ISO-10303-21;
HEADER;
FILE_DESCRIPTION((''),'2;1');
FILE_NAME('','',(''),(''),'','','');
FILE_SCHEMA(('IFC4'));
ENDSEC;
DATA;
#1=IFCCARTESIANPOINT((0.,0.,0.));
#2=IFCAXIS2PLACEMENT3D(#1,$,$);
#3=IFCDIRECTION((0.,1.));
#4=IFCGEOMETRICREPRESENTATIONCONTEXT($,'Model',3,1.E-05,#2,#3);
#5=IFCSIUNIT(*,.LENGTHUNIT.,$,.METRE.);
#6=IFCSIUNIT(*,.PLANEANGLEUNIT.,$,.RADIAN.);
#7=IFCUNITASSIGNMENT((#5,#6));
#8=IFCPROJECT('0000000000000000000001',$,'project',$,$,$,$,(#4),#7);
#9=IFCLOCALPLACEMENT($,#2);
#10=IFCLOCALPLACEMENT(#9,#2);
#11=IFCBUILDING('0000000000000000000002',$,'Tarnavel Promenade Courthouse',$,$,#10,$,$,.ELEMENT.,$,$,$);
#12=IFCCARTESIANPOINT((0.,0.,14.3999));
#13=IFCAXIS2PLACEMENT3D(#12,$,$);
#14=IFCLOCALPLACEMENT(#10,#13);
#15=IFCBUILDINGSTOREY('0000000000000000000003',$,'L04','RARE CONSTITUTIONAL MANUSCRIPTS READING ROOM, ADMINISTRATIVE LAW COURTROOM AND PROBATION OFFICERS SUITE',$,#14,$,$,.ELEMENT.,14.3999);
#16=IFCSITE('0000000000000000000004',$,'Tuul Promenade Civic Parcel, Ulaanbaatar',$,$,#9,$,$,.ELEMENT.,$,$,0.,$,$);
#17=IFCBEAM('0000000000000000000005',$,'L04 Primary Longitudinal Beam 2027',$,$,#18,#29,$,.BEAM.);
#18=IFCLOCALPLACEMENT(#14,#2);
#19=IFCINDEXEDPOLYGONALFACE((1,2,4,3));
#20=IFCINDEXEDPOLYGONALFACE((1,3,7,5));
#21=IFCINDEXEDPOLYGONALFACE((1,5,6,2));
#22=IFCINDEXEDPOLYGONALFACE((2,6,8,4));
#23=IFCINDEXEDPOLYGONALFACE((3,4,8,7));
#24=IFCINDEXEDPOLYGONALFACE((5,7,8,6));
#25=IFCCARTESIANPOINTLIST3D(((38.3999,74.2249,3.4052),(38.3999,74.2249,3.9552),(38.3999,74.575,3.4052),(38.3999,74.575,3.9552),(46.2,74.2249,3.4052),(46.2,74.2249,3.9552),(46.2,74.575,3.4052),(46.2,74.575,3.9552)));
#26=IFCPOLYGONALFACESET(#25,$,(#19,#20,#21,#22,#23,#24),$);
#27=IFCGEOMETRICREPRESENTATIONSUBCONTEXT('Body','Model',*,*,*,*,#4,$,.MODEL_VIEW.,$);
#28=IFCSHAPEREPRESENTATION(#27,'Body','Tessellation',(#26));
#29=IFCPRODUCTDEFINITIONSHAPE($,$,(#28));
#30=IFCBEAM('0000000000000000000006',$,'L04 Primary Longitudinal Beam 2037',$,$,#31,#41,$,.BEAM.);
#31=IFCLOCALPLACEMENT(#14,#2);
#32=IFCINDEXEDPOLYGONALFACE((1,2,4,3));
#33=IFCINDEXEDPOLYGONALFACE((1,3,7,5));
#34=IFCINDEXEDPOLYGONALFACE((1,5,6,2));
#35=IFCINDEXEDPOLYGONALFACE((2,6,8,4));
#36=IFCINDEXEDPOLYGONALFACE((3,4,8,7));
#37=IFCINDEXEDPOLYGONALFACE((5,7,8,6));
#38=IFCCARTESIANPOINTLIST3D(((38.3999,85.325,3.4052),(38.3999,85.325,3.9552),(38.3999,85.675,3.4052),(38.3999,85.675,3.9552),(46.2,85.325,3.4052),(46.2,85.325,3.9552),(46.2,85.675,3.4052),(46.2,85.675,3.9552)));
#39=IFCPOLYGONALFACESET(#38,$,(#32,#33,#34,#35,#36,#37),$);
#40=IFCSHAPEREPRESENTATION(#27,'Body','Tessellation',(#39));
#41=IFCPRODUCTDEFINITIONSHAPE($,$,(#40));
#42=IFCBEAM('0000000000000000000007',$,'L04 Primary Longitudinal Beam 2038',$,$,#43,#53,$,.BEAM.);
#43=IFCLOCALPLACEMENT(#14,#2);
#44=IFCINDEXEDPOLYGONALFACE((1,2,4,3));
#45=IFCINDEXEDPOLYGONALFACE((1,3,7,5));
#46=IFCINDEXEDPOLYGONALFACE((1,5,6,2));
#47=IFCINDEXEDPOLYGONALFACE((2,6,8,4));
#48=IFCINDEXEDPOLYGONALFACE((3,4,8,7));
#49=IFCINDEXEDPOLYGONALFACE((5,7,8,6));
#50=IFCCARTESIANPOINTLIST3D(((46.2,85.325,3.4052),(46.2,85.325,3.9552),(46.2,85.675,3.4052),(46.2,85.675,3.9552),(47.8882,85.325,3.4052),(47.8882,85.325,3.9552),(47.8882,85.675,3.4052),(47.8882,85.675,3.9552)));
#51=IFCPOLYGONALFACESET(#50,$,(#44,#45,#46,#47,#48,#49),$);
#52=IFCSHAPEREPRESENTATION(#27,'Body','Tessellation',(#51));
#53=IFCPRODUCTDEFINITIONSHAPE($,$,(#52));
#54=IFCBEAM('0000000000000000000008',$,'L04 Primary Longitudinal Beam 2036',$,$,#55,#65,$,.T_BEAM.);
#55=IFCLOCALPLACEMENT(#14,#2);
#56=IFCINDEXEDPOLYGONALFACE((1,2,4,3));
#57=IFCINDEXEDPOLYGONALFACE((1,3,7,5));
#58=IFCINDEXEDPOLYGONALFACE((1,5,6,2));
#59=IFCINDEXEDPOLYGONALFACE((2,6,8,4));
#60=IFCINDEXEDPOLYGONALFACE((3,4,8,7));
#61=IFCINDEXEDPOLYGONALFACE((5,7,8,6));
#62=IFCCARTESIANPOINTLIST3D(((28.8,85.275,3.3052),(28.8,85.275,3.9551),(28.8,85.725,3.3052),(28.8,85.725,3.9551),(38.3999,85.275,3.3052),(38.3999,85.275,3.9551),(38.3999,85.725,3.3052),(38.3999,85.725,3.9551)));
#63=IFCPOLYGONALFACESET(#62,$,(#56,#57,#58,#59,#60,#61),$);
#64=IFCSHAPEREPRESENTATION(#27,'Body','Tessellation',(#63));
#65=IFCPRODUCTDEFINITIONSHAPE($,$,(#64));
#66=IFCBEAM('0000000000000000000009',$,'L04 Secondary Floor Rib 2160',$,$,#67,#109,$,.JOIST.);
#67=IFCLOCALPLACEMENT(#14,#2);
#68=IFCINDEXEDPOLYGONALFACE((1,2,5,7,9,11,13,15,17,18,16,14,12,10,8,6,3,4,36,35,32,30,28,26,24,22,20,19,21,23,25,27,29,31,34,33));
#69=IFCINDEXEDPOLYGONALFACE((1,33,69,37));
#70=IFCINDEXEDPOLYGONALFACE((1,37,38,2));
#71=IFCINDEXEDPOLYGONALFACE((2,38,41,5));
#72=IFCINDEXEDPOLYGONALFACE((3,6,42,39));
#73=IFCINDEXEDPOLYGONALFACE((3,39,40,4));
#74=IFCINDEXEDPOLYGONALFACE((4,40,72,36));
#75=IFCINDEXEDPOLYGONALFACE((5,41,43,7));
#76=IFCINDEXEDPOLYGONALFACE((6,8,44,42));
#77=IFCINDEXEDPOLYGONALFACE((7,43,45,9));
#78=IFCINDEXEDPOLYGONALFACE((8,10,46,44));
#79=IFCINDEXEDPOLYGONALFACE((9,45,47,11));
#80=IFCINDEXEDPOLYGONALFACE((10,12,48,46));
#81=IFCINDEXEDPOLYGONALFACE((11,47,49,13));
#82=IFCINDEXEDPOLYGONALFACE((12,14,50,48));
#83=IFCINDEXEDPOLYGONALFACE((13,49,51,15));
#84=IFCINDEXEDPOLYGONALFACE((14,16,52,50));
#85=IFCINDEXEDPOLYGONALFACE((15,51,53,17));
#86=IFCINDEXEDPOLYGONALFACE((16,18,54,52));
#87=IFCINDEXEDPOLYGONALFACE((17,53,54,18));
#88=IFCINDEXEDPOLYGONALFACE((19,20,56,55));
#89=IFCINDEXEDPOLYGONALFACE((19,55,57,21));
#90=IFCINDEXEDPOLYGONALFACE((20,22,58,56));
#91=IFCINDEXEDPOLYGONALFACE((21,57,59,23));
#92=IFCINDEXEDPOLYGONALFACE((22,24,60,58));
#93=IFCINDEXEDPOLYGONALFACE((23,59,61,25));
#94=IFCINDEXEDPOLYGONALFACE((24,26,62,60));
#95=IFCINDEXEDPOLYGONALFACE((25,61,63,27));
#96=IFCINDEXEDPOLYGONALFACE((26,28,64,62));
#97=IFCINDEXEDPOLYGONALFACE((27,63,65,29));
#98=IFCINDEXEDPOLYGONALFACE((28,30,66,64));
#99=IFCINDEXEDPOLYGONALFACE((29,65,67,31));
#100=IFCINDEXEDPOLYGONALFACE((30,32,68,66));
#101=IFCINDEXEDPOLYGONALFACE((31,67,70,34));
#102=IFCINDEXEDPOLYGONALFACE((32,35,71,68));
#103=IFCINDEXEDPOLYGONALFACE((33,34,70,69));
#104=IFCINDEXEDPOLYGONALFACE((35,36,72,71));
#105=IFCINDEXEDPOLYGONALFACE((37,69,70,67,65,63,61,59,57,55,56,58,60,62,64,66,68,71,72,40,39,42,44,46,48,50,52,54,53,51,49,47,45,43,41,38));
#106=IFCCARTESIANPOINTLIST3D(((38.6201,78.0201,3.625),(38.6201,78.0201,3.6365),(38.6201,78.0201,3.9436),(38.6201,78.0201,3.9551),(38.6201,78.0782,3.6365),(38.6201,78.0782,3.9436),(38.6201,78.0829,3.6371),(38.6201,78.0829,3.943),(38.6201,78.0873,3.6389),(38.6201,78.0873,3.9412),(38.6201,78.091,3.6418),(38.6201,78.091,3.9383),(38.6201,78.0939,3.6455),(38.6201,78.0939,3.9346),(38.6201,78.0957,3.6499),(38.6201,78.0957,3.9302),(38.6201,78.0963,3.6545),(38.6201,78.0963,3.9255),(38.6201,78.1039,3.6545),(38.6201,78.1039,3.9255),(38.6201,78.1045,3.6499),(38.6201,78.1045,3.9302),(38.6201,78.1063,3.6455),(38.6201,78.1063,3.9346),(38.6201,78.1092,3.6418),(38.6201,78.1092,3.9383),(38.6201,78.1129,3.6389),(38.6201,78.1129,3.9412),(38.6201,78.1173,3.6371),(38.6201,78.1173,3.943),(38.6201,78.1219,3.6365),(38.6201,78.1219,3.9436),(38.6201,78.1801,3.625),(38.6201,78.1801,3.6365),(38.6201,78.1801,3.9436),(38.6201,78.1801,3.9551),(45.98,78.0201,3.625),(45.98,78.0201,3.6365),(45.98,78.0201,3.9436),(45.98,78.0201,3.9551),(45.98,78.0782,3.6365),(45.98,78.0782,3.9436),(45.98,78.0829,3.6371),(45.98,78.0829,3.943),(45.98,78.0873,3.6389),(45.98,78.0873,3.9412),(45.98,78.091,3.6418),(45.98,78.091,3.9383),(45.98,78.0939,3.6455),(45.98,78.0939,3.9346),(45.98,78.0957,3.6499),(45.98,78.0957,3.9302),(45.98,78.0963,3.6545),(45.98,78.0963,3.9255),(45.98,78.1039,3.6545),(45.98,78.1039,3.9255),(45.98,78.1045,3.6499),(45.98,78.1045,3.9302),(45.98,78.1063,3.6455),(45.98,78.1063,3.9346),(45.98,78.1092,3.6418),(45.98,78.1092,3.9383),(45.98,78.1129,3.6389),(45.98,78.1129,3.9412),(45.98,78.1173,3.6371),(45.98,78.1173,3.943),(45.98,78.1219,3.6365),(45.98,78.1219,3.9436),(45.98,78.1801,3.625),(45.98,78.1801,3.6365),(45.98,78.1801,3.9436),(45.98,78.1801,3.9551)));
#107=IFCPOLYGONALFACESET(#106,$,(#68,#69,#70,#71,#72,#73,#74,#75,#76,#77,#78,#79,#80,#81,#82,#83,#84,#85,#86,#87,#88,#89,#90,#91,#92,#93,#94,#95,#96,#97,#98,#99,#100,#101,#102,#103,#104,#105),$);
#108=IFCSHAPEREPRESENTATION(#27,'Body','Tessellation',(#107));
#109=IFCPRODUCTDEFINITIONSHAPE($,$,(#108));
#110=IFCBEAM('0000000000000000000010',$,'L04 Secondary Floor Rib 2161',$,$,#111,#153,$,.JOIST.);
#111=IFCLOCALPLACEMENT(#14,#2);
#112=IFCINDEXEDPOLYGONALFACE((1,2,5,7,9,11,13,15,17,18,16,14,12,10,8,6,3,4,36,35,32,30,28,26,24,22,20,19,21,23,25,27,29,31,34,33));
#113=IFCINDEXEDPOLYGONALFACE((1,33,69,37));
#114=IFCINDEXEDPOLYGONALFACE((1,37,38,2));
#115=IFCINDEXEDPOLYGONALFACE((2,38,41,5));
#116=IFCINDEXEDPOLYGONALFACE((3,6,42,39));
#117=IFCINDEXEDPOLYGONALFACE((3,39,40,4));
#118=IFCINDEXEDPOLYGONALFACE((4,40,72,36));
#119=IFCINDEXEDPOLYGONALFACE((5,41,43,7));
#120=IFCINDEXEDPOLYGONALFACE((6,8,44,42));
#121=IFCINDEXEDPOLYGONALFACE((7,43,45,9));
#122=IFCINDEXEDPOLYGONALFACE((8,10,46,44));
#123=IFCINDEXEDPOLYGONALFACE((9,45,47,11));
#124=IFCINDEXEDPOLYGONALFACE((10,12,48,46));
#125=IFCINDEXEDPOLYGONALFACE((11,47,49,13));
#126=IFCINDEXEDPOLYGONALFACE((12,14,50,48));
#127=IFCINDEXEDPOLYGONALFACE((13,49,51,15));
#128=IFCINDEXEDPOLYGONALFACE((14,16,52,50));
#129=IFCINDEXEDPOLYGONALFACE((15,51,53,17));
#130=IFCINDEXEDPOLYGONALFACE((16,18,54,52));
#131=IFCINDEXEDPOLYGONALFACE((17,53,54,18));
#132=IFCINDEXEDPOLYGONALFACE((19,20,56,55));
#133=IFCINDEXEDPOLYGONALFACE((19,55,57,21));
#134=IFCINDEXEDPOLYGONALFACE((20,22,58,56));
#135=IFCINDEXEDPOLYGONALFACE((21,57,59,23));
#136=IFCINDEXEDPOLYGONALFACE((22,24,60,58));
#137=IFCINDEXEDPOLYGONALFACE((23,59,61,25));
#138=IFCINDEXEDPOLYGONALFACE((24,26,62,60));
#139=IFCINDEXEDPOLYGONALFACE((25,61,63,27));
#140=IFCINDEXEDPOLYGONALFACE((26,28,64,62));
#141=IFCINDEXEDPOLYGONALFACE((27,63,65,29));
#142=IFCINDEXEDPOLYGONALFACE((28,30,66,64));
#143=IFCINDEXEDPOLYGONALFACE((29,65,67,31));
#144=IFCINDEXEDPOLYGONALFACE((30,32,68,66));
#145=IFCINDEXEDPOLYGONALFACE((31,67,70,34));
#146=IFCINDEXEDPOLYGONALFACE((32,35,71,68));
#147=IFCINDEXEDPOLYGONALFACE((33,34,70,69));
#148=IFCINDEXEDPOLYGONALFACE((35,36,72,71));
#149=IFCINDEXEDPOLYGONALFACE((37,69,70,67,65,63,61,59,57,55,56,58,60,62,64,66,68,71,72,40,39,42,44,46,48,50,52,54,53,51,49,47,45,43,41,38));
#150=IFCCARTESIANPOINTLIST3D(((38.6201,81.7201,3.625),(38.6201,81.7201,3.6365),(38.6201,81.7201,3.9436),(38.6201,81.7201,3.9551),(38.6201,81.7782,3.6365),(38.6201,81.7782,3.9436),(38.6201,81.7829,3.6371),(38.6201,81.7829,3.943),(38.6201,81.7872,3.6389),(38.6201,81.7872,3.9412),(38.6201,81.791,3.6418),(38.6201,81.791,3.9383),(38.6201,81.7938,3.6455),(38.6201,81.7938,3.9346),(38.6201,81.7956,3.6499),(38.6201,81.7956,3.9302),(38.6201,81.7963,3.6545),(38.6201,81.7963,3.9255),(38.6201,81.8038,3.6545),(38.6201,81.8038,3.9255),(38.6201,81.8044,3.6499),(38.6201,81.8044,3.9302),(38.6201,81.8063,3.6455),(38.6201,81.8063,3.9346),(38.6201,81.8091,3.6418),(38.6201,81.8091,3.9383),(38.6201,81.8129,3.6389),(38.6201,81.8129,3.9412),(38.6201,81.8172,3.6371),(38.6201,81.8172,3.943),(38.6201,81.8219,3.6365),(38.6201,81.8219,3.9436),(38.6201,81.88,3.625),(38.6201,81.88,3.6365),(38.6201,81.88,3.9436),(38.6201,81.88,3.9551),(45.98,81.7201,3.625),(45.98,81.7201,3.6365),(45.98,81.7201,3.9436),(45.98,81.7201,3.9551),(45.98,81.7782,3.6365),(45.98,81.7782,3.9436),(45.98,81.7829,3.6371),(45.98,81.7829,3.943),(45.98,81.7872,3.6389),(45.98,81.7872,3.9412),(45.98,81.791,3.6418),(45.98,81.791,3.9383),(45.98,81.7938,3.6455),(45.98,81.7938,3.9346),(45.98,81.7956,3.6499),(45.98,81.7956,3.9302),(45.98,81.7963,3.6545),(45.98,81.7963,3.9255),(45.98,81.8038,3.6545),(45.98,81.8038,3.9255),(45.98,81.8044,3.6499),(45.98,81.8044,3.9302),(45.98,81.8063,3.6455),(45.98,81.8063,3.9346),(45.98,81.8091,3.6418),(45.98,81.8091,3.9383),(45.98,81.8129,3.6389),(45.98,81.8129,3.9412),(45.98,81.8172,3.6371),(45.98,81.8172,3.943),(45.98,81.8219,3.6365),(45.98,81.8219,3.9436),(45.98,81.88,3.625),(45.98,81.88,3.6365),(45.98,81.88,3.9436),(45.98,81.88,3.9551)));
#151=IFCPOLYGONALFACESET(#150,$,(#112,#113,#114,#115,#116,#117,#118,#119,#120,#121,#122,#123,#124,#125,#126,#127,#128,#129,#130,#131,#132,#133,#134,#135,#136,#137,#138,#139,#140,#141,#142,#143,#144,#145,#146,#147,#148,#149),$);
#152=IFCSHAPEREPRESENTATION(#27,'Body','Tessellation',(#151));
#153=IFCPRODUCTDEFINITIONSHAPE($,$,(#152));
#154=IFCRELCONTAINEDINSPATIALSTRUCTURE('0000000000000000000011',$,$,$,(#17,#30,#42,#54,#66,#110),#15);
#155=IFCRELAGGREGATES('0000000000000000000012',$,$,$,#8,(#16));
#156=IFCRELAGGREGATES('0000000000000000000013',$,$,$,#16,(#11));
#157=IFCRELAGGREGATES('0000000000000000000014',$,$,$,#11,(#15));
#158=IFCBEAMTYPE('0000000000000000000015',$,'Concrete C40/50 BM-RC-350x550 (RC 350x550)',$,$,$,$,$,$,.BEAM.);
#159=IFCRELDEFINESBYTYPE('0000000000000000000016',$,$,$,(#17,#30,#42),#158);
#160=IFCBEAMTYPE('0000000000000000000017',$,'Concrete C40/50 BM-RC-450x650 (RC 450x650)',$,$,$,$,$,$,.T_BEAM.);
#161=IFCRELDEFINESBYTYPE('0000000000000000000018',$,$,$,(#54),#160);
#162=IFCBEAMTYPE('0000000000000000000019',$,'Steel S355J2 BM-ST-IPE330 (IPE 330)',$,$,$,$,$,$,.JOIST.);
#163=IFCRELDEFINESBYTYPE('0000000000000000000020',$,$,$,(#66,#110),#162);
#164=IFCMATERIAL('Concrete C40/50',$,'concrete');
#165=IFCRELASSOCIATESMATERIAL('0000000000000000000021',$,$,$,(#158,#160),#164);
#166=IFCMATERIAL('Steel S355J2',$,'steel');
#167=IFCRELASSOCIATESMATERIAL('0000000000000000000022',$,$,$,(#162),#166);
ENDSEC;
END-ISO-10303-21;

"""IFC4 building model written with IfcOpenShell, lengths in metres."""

from ifc_helpers import new_model, si_unit, direction, frame, origin, origin_2d, place, context, subcontext, project, spatial, rectangle, i_section, extrude, material, material_profile, profile_set, type_object, element, save


model = new_model("IFC4")

# Units and contexts
model_context = context("Model", 3, precision=1e-05, world=origin(), true_north=direction((0.0, 1.0)))
body_context = subcontext(model_context, "Body", "Model", "MODEL_VIEW")
ifc_project = project(units=[si_unit("LENGTHUNIT", "METRE"), si_unit("PLANEANGLEUNIT", "RADIAN")], contexts=[model_context])

# Site, building, storey
site_placement = place(None, origin())
site = spatial("IfcSite", under=ifc_project, at=site_placement, Name="Tuul Promenade Civic Parcel, Ulaanbaatar", CompositionType="ELEMENT", RefElevation=0.0)
building_placement = place(site_placement, origin())
building = spatial("IfcBuilding", under=site, at=building_placement, Name="Tarnavel Promenade Courthouse", CompositionType="ELEMENT")
storey_placement = place(building_placement, frame((0.0, 0.0, 14.3999)))
storey = spatial("IfcBuildingStorey", under=building, at=storey_placement, Name="L04", Description="RARE CONSTITUTIONAL MANUSCRIPTS READING ROOM, ADMINISTRATIVE LAW COURTROOM AND PROBATION OFFICERS SUITE", CompositionType="ELEMENT", Elevation=14.3999)

# Shared definitions
ifc_material_1 = material(Name="Concrete C40/50", Category="concrete")

# Beams
ifc_material_profile_1 = material_profile(ifc_material_1, rectangle(XDim=0.3501, YDim=0.55, at=origin_2d()), Name="RC 350x550")
ifc_profile_set_1 = profile_set([ifc_material_profile_1], Name="Concrete C40/50")
beam_type_1 = type_object("IfcBeamType", Name="Concrete C40/50 BM-RC-350x550 (RC 350x550)", PredefinedType="BEAM", material=ifc_profile_set_1)
for number, where, z_axis, x_axis, name in (
    (1, (38.3999, 74.3999, 3.6802), (1.0, 0.0, 0.0), (0.0, 1.0, 0.0), "L04 Primary Longitudinal Beam 2027"),
    (2, (38.3999, 85.5, 3.6802), (1.0, 0.0, 0.0), (0.0, 1.0, 0.0), "L04 Primary Longitudinal Beam 2037"),
):
    element("IfcBeam", number, at=place(storey_placement, frame(where, z_axis=z_axis, x_axis=x_axis)), inside=storey, type_object=beam_type_1, Name=name, PredefinedType="BEAM", context=body_context, shape_type="SweptSolid", body=[
        extrude(rectangle(XDim=0.3501, YDim=0.55, at=origin_2d()), origin(), (0.0, 0.0, 1.0), 7.8),
    ])
beam_1_placement = place(storey_placement, frame((46.2, 85.5, 3.6802), z_axis=(1.0, 0.0, 0.0), x_axis=(0.0, 1.0, 0.0)))
element("IfcBeam", 3, at=beam_1_placement, inside=storey, type_object=beam_type_1, Name="L04 Primary Longitudinal Beam 2038", PredefinedType="BEAM", context=body_context, shape_type="SweptSolid", body=[
    extrude(rectangle(XDim=0.3501, YDim=0.55, at=origin_2d()), origin(), (0.0, 0.0, 1.0), 1.6882),
])
ifc_material_profile_2 = material_profile(ifc_material_1, rectangle(XDim=0.45, YDim=0.6499, at=origin_2d()), Name="RC 450x650")
ifc_profile_set_2 = profile_set([ifc_material_profile_2], Name="Concrete C40/50")
beam_type_2 = type_object("IfcBeamType", Name="Concrete C40/50 BM-RC-450x650 (RC 450x650)", PredefinedType="T_BEAM", material=ifc_profile_set_2)
beam_2_placement = place(storey_placement, frame((28.8, 85.5, 3.6301), z_axis=(1.0, 0.0, 0.0), x_axis=(0.0, 1.0, 0.0)))
element("IfcBeam", 4, at=beam_2_placement, inside=storey, type_object=beam_type_2, Name="L04 Primary Longitudinal Beam 2036", PredefinedType="T_BEAM", context=body_context, shape_type="SweptSolid", body=[
    extrude(rectangle(XDim=0.45, YDim=0.6499, at=origin_2d()), origin(), (0.0, 0.0, 1.0), 9.5999),
])
ifc_material_2 = material(Name="Steel S355J2", Category="steel")
ifc_material_profile_3 = material_profile(ifc_material_2, i_section(OverallWidth=0.1599, OverallDepth=0.3301, WebThickness=0.0076, FlangeThickness=0.0115, FilletRadius=0.0181, at=origin_2d()), Name="IPE 330")
ifc_profile_set_3 = profile_set([ifc_material_profile_3], Name="Steel S355J2")
beam_type_3 = type_object("IfcBeamType", Name="Steel S355J2 BM-ST-IPE330 (IPE 330)", PredefinedType="JOIST", material=ifc_profile_set_3)
for number, where, z_axis, x_axis, name in (
    (5, (38.6201, 78.1001, 3.79), (1.0, 0.0, 0.0), (0.0, 1.0, 0.0), "L04 Secondary Floor Rib 2160"),
    (6, (38.6201, 81.8, 3.79), (1.0, 0.0, 0.0), (0.0, 1.0, 0.0), "L04 Secondary Floor Rib 2161"),
):
    element("IfcBeam", number, at=place(storey_placement, frame(where, z_axis=z_axis, x_axis=x_axis)), inside=storey, type_object=beam_type_3, Name=name, PredefinedType="JOIST", context=body_context, shape_type="SweptSolid", body=[
        extrude(i_section(OverallWidth=0.1599, OverallDepth=0.3301, WebThickness=0.0076, FlangeThickness=0.0115, FilletRadius=0.0181, at=origin_2d()), origin(), (0.0, 0.0, 1.0), 7.3599),
    ])

save(model, "model.ifc")
